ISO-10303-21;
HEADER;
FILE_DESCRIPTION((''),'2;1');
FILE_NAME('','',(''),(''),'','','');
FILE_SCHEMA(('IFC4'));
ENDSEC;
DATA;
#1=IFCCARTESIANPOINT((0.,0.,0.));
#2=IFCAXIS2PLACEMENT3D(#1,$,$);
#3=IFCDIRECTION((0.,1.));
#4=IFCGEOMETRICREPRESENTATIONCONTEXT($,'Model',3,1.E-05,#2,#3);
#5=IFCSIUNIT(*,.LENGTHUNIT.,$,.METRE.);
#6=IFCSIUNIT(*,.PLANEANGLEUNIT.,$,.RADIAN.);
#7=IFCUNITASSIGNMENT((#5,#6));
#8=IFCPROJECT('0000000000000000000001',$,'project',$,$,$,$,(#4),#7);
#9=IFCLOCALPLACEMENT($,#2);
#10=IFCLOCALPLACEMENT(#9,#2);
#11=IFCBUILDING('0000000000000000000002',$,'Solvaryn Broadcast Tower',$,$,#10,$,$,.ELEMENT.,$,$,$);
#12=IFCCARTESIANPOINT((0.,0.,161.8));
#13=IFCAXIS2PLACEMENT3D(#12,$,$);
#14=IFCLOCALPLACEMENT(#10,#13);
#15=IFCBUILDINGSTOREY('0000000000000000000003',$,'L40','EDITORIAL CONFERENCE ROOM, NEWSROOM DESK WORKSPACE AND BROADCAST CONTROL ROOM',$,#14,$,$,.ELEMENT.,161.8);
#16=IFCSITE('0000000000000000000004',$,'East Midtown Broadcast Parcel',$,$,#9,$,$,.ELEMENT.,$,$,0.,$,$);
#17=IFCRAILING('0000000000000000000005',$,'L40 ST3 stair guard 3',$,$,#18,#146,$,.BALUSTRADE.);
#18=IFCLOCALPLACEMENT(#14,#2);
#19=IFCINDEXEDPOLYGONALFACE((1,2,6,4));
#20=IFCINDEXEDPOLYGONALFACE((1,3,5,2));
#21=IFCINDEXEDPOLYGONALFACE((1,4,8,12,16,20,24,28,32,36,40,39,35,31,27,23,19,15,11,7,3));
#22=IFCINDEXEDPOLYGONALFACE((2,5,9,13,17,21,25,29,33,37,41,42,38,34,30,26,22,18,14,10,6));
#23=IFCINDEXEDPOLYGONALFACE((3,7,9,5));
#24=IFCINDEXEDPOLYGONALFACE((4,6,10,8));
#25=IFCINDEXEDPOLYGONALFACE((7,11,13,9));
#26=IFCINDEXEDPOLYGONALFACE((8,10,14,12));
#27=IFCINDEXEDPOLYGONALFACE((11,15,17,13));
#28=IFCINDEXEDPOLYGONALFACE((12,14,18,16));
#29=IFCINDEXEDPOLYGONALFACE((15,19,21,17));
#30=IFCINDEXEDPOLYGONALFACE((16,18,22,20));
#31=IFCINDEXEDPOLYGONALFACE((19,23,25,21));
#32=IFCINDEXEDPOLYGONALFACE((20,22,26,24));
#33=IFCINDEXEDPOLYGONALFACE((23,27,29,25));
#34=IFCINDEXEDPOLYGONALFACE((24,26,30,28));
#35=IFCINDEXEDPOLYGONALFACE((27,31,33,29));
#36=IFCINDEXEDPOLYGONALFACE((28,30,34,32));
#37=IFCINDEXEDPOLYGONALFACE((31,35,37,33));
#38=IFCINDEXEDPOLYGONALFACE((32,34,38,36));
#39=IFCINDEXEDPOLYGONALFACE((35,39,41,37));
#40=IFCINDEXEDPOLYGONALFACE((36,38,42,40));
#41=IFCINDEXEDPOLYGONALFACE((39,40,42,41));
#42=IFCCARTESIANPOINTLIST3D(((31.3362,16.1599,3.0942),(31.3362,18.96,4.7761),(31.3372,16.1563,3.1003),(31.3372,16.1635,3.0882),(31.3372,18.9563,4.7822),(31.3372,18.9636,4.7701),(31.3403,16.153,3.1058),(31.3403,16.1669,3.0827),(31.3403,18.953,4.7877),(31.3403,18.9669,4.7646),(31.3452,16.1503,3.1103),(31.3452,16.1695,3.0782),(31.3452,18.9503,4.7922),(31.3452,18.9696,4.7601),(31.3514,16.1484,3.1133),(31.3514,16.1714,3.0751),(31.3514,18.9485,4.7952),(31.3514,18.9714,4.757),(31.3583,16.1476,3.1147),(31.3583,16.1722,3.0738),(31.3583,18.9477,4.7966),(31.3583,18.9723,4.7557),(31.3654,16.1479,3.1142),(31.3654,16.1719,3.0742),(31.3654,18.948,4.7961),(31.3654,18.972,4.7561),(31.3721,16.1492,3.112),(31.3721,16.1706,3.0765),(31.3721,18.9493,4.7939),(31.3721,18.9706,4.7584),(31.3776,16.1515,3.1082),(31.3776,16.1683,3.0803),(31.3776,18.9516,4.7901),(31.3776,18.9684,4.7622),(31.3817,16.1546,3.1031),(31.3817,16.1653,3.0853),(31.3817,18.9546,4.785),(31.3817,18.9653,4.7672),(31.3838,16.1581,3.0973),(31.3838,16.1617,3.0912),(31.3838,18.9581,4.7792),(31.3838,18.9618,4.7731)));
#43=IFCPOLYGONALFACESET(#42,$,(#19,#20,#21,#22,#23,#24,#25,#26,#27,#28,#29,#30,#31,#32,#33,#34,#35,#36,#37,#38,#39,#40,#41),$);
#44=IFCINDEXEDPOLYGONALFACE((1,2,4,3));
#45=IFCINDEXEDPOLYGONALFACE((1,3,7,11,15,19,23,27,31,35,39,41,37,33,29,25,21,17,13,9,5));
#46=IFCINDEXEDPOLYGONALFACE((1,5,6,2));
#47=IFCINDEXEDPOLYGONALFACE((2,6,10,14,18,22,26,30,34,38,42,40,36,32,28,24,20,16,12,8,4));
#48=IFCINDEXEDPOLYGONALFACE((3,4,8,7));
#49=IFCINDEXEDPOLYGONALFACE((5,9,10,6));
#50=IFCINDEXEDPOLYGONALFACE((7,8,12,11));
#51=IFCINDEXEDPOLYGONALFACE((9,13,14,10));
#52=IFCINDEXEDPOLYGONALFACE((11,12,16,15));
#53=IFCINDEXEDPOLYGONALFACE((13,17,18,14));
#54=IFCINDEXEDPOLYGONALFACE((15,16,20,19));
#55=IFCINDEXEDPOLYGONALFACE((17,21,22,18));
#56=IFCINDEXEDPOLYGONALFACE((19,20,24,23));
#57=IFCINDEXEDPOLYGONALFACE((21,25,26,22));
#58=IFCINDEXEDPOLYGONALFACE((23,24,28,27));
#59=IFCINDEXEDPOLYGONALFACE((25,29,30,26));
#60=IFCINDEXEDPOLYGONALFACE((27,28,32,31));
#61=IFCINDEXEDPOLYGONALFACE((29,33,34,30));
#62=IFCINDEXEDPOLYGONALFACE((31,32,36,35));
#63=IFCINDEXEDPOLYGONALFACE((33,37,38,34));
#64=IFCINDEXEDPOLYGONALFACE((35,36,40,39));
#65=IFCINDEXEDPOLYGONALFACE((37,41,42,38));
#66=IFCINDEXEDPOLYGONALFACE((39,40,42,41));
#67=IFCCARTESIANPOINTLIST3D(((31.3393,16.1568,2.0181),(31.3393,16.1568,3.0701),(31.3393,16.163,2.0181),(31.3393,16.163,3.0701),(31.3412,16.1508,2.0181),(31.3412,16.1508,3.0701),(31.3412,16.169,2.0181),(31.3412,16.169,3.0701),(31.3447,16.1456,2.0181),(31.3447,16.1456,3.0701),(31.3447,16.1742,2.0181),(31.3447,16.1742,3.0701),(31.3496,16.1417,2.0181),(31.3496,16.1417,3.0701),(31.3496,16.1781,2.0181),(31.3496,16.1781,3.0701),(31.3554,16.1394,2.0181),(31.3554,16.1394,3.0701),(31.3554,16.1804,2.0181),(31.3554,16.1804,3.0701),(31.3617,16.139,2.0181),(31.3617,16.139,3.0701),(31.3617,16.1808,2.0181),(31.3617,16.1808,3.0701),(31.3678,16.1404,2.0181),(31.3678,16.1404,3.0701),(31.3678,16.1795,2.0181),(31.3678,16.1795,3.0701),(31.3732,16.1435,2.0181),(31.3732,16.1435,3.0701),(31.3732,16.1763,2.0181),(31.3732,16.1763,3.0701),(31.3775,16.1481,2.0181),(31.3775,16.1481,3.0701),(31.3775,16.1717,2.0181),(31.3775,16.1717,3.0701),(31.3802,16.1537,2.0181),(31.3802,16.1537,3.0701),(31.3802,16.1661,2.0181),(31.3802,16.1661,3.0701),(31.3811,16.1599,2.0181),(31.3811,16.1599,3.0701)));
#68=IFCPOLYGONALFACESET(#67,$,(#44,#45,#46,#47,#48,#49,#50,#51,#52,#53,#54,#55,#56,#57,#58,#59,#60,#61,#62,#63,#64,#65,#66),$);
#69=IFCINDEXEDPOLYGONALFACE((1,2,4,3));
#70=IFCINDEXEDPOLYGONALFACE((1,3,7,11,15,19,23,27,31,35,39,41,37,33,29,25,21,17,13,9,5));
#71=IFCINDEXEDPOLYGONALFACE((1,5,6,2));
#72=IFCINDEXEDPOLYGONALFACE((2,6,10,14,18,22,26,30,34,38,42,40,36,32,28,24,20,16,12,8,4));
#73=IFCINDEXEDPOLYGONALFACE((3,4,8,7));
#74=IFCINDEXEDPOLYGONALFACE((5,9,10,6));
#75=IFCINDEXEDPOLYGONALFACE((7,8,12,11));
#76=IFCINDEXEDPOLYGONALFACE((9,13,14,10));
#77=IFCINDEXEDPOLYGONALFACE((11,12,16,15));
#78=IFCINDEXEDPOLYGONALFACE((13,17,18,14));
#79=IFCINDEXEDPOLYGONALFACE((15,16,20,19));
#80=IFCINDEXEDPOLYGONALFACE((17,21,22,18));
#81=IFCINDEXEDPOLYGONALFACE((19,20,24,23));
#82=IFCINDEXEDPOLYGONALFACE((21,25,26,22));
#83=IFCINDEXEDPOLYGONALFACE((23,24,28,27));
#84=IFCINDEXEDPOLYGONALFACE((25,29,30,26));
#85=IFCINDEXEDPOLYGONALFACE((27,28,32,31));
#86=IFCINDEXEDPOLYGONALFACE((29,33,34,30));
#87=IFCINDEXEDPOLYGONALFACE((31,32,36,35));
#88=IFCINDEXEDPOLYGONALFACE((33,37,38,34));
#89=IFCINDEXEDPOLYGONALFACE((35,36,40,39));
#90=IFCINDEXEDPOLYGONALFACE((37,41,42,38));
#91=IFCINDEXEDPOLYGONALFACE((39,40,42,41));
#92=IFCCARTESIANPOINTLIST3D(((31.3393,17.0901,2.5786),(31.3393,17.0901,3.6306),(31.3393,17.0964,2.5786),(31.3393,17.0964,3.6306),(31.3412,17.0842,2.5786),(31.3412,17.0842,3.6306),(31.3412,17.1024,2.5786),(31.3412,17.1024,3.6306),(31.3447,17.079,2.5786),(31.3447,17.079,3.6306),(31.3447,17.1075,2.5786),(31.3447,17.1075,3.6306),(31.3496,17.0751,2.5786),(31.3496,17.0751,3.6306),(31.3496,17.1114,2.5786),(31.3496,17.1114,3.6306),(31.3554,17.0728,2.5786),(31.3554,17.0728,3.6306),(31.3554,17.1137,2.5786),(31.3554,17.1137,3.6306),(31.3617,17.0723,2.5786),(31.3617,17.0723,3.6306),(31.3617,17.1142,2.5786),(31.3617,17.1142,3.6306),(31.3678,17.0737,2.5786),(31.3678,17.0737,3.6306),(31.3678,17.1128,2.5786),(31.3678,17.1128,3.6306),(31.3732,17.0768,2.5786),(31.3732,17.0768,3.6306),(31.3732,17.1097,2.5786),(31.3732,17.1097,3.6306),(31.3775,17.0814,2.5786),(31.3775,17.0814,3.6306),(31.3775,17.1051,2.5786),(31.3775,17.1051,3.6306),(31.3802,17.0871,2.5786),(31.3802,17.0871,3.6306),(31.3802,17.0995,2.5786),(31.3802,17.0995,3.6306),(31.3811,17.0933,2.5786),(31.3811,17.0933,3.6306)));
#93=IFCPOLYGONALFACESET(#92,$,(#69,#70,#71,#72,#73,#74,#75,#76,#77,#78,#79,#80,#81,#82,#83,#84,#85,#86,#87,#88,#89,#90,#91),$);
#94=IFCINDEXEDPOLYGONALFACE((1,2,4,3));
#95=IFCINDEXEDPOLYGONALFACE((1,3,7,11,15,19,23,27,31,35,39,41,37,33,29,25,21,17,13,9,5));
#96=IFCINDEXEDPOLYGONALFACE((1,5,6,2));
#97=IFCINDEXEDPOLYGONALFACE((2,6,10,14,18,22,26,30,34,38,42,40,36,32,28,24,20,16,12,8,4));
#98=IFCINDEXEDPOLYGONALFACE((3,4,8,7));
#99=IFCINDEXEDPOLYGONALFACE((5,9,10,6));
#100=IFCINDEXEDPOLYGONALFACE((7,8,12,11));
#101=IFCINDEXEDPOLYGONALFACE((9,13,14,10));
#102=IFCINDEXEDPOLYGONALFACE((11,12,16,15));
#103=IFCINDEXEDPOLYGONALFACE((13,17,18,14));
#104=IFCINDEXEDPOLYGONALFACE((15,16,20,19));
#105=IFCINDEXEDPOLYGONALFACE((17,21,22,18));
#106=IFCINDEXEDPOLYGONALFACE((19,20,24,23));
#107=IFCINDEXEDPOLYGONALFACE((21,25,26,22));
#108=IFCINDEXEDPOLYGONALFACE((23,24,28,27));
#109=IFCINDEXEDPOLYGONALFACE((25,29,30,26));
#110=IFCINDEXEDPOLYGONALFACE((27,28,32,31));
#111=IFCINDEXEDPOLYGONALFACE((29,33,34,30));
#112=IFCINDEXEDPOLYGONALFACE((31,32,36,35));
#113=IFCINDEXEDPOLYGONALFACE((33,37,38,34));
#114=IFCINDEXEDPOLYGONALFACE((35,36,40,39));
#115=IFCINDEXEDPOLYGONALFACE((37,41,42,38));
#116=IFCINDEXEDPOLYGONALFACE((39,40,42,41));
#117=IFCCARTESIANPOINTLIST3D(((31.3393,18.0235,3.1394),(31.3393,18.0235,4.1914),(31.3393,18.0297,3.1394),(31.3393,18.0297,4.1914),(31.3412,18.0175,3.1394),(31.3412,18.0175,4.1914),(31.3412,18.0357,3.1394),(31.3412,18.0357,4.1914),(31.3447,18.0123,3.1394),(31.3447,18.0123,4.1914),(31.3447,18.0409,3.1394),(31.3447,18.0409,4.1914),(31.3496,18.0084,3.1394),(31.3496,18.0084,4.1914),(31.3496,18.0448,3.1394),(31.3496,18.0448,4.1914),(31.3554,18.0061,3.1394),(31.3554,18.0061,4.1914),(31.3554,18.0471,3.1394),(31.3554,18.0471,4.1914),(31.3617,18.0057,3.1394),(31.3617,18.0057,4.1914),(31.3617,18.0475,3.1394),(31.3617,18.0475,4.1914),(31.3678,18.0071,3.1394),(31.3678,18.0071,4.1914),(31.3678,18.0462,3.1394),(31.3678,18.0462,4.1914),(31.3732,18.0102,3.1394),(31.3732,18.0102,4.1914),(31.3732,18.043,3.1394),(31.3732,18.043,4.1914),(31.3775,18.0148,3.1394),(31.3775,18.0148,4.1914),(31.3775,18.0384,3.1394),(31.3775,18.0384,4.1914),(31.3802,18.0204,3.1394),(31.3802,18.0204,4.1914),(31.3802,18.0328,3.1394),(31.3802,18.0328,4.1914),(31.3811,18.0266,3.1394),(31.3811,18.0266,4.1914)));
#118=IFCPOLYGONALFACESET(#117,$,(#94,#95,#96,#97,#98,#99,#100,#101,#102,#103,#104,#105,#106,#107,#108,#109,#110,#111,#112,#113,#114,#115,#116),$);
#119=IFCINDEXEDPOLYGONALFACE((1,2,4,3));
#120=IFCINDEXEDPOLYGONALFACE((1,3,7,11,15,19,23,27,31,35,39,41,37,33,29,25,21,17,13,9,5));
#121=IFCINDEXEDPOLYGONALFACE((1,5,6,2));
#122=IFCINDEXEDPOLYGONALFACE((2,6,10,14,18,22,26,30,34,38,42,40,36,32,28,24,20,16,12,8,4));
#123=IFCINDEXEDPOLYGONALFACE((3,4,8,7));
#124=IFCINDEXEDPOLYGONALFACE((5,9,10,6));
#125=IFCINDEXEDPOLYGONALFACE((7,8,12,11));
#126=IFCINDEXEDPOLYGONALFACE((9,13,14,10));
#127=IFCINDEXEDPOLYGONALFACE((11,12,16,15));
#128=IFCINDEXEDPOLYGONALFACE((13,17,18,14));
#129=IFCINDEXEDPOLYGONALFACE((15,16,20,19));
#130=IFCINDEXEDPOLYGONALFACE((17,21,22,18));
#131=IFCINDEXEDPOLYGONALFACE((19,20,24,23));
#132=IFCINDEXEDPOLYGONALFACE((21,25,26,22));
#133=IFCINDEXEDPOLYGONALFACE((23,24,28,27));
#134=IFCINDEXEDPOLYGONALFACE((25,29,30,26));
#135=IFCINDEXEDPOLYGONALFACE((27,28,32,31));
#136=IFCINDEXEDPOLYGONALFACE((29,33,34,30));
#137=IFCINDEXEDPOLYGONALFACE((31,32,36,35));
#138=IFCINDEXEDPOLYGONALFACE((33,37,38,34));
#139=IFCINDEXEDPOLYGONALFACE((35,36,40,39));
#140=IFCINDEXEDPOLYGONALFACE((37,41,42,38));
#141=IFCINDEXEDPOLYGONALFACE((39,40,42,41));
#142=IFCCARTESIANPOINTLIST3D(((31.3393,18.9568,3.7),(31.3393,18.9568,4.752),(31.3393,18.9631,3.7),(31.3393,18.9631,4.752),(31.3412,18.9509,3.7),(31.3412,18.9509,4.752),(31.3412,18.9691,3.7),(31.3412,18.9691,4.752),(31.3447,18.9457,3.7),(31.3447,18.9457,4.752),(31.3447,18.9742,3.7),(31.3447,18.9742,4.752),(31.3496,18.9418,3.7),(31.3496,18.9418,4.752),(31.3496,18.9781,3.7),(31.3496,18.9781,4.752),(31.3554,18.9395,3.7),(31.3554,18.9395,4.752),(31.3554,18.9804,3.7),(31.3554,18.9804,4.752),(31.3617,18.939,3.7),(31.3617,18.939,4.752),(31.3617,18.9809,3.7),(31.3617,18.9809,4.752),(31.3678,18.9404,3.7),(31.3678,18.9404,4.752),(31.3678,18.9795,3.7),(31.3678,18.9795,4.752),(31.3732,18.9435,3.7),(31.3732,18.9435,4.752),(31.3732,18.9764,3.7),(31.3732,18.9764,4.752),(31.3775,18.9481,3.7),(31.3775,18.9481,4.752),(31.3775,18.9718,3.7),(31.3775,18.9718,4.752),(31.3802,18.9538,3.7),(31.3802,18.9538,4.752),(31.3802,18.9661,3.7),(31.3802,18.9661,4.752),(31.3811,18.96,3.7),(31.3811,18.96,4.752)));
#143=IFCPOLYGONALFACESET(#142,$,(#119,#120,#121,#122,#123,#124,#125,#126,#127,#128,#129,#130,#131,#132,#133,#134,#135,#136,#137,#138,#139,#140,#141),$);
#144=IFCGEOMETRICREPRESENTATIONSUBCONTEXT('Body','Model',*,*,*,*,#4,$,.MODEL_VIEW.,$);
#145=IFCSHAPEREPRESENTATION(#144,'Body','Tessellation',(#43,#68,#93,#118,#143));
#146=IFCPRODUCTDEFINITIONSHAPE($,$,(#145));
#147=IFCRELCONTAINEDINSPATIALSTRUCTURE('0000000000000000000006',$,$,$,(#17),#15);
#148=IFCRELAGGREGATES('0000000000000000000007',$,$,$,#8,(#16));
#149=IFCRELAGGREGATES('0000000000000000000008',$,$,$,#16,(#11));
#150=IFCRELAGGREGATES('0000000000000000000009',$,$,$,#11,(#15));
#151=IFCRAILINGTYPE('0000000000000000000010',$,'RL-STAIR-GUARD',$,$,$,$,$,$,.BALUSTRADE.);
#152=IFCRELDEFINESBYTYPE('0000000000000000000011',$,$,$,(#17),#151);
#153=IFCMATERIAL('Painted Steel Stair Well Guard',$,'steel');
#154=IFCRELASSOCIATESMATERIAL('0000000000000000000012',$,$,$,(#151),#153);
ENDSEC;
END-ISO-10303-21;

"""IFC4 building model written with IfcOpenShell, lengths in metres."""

from ifc_helpers import new_model, si_unit, direction, frame, origin, origin_2d, place, context, subcontext, project, spatial, circle, extrude, material, type_object, element, save


model = new_model("IFC4")

# Units and contexts
model_context = context("Model", 3, precision=1e-05, world=origin(), true_north=direction((0.0, 1.0)))
body_context = subcontext(model_context, "Body", "Model", "MODEL_VIEW")
ifc_project = project(units=[si_unit("LENGTHUNIT", "METRE"), si_unit("PLANEANGLEUNIT", "RADIAN")], contexts=[model_context])

# Site, building, storey
site_placement = place(None, origin())
site = spatial("IfcSite", under=ifc_project, at=site_placement, Name="East Midtown Broadcast Parcel", CompositionType="ELEMENT", RefElevation=0.0)
building_placement = place(site_placement, origin())
building = spatial("IfcBuilding", under=site, at=building_placement, Name="Solvaryn Broadcast Tower", CompositionType="ELEMENT")
storey_placement = place(building_placement, frame((0.0, 0.0, 161.8)))
storey = spatial("IfcBuildingStorey", under=building, at=storey_placement, Name="L40", Description="EDITORIAL CONFERENCE ROOM, NEWSROOM DESK WORKSPACE AND BROADCAST CONTROL ROOM", CompositionType="ELEMENT", Elevation=161.8)

# Railing
ifc_material_1 = material(Name="Painted Steel Stair Well Guard", Category="steel")
railing_type_1 = type_object("IfcRailingType", Name="RL-STAIR-GUARD", PredefinedType="BALUSTRADE", material=ifc_material_1)
railing_1_placement = place(storey_placement, frame((31.3601, 16.1599, 2.0181)))
element("IfcRailing", 1, at=railing_1_placement, inside=storey, type_object=railing_type_1, Name="L40 ST3 stair guard 3", PredefinedType="BALUSTRADE", context=body_context, shape_type="SweptSolid", body=[
    extrude(circle(Radius=0.0239, at=origin_2d()), frame((0.0, 0.0, 1.0762), z_axis=(0.0, 0.857242, 0.514913), x_axis=(-1.0, 0.0, 0.0)), (0.0, 0.0, 1.0), 3.2664),
    extrude(circle(Radius=0.021, at=origin_2d()), origin(), (0.0, 0.0, 1.0), 1.052),
    extrude(circle(Radius=0.021, at=origin_2d()), frame((0.0, 0.9333, 0.5605)), (0.0, 0.0, 1.0), 1.052),
    extrude(circle(Radius=0.021, at=origin_2d()), frame((0.0, 1.8667, 1.1213)), (0.0, 0.0, 1.0), 1.052),
    extrude(circle(Radius=0.021, at=origin_2d()), frame((0.0, 2.8, 1.6819)), (0.0, 0.0, 1.0), 1.052),
])

save(model, "model.ifc")
